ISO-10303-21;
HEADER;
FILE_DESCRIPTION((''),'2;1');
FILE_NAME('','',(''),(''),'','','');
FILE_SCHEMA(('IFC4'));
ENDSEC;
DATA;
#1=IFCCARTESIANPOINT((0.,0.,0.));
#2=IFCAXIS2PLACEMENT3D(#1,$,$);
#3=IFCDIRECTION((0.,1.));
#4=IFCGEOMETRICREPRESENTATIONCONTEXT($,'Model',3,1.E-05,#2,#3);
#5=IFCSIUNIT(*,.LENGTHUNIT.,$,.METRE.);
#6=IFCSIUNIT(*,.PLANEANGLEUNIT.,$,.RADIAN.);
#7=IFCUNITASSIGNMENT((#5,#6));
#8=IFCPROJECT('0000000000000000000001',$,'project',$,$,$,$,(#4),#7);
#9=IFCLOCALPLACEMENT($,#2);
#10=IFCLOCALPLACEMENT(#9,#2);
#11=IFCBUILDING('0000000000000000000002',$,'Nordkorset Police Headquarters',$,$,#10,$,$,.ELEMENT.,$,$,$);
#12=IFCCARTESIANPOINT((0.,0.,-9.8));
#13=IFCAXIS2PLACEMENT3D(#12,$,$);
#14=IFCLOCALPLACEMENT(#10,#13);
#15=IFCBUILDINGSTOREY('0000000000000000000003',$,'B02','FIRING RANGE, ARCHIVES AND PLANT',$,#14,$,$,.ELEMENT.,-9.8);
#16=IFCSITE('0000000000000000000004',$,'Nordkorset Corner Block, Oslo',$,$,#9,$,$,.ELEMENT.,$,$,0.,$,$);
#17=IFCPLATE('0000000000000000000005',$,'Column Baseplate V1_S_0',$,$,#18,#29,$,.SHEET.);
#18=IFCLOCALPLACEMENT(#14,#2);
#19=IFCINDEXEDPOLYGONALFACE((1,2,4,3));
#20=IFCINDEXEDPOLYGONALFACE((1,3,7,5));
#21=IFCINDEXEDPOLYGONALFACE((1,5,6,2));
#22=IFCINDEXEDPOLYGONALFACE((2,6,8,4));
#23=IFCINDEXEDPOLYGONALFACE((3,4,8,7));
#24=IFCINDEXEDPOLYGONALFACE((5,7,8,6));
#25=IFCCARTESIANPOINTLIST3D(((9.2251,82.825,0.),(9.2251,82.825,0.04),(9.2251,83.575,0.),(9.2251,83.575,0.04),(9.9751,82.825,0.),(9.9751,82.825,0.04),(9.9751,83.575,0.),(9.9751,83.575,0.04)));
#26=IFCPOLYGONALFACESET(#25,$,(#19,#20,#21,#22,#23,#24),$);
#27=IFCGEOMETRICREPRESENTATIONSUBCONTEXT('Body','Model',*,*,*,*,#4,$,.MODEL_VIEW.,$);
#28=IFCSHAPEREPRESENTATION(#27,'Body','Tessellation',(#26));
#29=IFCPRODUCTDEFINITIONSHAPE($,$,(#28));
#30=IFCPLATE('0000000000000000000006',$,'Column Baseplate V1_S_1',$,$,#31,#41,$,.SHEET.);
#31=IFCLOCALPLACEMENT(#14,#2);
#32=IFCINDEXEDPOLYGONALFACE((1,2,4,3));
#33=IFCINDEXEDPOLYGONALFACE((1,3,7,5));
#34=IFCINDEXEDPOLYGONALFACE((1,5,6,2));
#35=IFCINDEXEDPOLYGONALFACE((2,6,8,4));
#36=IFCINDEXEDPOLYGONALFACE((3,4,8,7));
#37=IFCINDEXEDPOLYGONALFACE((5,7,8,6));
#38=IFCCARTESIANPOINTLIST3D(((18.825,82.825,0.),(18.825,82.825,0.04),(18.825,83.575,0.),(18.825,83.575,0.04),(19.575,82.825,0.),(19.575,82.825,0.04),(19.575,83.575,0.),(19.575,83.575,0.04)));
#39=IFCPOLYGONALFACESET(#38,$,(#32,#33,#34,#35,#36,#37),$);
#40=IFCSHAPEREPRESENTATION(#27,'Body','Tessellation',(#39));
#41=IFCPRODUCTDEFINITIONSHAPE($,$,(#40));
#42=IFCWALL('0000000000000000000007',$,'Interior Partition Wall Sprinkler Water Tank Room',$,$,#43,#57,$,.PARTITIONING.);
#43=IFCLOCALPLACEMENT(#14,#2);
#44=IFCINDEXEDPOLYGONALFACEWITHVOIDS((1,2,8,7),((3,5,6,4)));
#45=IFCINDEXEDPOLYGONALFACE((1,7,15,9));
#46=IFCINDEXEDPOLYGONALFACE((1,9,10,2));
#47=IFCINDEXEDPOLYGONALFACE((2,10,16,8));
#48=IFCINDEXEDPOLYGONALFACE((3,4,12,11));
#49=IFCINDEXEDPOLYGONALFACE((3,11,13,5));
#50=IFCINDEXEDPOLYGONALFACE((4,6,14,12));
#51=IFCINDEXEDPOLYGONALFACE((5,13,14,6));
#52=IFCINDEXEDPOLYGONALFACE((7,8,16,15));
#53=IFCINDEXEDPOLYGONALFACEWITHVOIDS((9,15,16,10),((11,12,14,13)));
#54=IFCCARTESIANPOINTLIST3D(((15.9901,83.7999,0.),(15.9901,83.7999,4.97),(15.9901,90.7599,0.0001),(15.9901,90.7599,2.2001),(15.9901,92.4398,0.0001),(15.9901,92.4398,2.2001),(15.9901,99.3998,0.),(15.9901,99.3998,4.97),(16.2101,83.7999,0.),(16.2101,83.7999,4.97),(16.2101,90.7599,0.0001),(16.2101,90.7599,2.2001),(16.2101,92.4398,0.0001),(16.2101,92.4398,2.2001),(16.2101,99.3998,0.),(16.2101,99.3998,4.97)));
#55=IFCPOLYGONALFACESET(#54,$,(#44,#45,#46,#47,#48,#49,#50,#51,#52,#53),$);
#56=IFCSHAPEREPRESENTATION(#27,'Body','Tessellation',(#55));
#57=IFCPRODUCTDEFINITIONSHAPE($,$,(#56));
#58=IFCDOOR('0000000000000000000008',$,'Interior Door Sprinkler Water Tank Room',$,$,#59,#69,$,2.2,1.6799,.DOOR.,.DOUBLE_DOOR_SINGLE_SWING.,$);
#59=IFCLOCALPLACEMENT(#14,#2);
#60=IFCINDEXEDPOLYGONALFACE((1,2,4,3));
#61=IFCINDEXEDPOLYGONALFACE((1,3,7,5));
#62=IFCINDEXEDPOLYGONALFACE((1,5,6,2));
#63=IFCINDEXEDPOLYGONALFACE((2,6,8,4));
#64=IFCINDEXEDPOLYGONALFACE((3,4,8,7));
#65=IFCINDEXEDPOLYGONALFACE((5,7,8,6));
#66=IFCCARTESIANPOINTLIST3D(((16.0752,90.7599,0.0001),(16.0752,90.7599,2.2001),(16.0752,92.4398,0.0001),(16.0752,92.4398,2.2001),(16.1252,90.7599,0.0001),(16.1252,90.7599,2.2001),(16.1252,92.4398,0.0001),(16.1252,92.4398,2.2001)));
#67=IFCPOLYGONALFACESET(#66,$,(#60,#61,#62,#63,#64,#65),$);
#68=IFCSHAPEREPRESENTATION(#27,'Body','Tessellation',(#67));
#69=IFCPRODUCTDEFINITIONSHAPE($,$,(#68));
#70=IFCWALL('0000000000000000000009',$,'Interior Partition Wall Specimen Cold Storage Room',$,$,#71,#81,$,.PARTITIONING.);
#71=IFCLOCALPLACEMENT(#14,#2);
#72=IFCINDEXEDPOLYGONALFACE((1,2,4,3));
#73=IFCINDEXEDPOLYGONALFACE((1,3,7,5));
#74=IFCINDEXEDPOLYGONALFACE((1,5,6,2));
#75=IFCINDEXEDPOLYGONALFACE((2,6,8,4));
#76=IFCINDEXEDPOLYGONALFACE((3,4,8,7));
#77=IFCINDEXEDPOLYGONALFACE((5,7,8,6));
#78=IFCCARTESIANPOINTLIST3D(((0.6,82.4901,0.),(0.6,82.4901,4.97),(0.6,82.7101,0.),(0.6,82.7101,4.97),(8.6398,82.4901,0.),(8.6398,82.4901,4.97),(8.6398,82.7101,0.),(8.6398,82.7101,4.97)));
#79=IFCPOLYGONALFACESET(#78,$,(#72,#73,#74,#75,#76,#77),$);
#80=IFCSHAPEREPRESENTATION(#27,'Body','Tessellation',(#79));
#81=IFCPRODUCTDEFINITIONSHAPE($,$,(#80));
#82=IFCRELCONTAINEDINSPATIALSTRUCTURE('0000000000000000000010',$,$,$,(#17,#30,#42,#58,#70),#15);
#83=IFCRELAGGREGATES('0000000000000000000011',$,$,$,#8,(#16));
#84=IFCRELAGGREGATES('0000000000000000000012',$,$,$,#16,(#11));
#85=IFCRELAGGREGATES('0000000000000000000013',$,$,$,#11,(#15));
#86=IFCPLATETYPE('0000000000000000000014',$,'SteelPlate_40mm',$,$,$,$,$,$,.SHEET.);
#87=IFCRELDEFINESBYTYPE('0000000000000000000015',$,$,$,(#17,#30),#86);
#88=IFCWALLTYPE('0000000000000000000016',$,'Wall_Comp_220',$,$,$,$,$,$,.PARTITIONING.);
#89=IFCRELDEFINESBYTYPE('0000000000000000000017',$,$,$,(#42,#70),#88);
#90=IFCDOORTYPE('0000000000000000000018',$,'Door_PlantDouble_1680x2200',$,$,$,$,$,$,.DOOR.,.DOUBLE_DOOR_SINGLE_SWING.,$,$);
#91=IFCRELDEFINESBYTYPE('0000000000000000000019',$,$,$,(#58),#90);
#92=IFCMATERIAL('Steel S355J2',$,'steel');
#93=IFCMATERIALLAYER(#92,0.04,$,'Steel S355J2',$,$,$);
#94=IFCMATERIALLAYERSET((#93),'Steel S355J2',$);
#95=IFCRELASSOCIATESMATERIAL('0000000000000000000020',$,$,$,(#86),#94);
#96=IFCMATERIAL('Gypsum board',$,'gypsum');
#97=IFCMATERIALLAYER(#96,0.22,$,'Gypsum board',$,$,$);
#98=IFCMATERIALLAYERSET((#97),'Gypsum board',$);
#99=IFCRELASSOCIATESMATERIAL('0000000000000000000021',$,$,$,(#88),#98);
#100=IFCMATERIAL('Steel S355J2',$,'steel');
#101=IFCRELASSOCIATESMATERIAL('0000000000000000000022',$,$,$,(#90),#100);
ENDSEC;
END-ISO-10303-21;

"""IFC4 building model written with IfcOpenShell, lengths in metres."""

from ifc_helpers import new_model, si_unit, direction, frame, frame_2d, origin, origin_2d, place, context, subcontext, project, spatial, rectangle, extrude, material, layer, layer_set, type_object, element, fill, save


model = new_model("IFC4")

# Units and contexts
model_context = context("Model", 3, precision=1e-05, world=origin(), true_north=direction((0.0, 1.0)))
body_context = subcontext(model_context, "Body", "Model", "MODEL_VIEW")
ifc_project = project(units=[si_unit("LENGTHUNIT", "METRE"), si_unit("PLANEANGLEUNIT", "RADIAN")], contexts=[model_context])

# Site, building, storey
site_placement = place(None, origin())
site = spatial("IfcSite", under=ifc_project, at=site_placement, Name="Nordkorset Corner Block, Oslo", CompositionType="ELEMENT", RefElevation=0.0)
building_placement = place(site_placement, origin())
building = spatial("IfcBuilding", under=site, at=building_placement, Name="Nordkorset Police Headquarters", CompositionType="ELEMENT")
storey_placement = place(building_placement, frame((0.0, 0.0, -9.8)))
storey = spatial("IfcBuildingStorey", under=building, at=storey_placement, Name="B02", Description="FIRING RANGE, ARCHIVES AND PLANT", CompositionType="ELEMENT", Elevation=-9.8)

# Plates
ifc_material_1 = material(Name="Steel S355J2", Category="steel")
ifc_layer_1 = layer(ifc_material_1, 0.04, Name="Steel S355J2")
ifc_layer_set_1 = layer_set([ifc_layer_1], Name="Steel S355J2")
plate_type = type_object("IfcPlateType", Name="SteelPlate_40mm", PredefinedType="SHEET", material=ifc_layer_set_1)
for number, where, z_axis, x_axis, name in (
    (1, (9.6001, 83.2, 0.0), (0.0, 0.0, 1.0), (1.0, 0.0, 0.0), "Column Baseplate V1_S_0"),
    (2, (19.2, 83.2, 0.0), (0.0, 0.0, 1.0), (1.0, 0.0, 0.0), "Column Baseplate V1_S_1"),
):
    element("IfcPlate", number, at=place(storey_placement, frame(where, z_axis=z_axis, x_axis=x_axis)), inside=storey, type_object=plate_type, Name=name, PredefinedType="SHEET", context=body_context, shape_type="SweptSolid", body=[
        extrude(rectangle(XDim=0.75, YDim=0.75, at=origin_2d()), origin(), (0.0, 0.0, 1.0), 0.04),
    ])

# Wall, opening, door
ifc_material_2 = material(Name="Gypsum board", Category="gypsum")
ifc_layer_2 = layer(ifc_material_2, 0.22, Name="Gypsum board")
ifc_layer_set_2 = layer_set([ifc_layer_2], Name="Gypsum board")
wall_type = type_object("IfcWallType", Name="Wall_Comp_220", PredefinedType="PARTITIONING", material=ifc_layer_set_2)
wall_1_placement = place(storey_placement, frame((16.1001, 83.8, 0.0), z_axis=(0.0, 0.0, 1.0), x_axis=(0.0, 1.0, 0.0)))
wall_1 = element("IfcWall", 3, at=wall_1_placement, inside=storey, type_object=wall_type, Name="Interior Partition Wall Sprinkler Water Tank Room", PredefinedType="PARTITIONING", context=body_context, shape_type="SweptSolid", body=[
    extrude(rectangle(XDim=15.5999, YDim=0.22, at=frame_2d((7.7998, 0.0))), origin(), (0.0, 0.0, 1.0), 4.97),
])
opening_placement = place(wall_1_placement, frame((6.96, 0.0, 0.0)))
opening = element("IfcOpeningElement", 4, at=opening_placement, cuts=wall_1, PredefinedType="OPENING", context=body_context, shape_type="SweptSolid", body=[
    extrude(rectangle(XDim=1.6799, YDim=2.2, at=frame_2d((0.8398, 1.1001))), frame((0.0, 0.1201, 0.0), z_axis=(0.0, -1.0, 0.0), x_axis=(1.0, 0.0, 0.0)), (0.0, 0.0, 1.0), 0.24),
])
ifc_material_3 = material(Name="Steel S355J2", Category="steel")
door_type = type_object("IfcDoorType", Name="Door_PlantDouble_1680x2200", OperationType="DOUBLE_DOOR_SINGLE_SWING", PredefinedType="DOOR", material=ifc_material_3)
door_placement = place(opening_placement, origin())
door = element("IfcDoor", 5, at=door_placement, inside=storey, type_object=door_type, Name="Interior Door Sprinkler Water Tank Room", OperationType="DOUBLE_DOOR_SINGLE_SWING", OverallHeight=2.2, OverallWidth=1.6799, PredefinedType="DOOR", context=body_context, shape_type="SweptSolid", body=[
    extrude(rectangle(XDim=1.6799, YDim=2.2, at=frame_2d((0.8398, 1.1001))), frame((0.0, 0.0249, 0.0), z_axis=(0.0, -1.0, 0.0), x_axis=(1.0, 0.0, 0.0)), (0.0, 0.0, 1.0), 0.05),
])
fill(opening, door)

# Wall
wall_2_placement = place(storey_placement, frame((8.6399, 82.6001, 0.0), z_axis=(0.0, 0.0, 1.0), x_axis=(-1.0, 0.0, 0.0)))
element("IfcWall", 6, at=wall_2_placement, inside=storey, type_object=wall_type, Name="Interior Partition Wall Specimen Cold Storage Room", PredefinedType="PARTITIONING", context=body_context, shape_type="SweptSolid", body=[
    extrude(rectangle(XDim=8.0398, YDim=0.22, at=frame_2d((4.02, 0.0))), origin(), (0.0, 0.0, 1.0), 4.97),
])

save(model, "model.ifc")
